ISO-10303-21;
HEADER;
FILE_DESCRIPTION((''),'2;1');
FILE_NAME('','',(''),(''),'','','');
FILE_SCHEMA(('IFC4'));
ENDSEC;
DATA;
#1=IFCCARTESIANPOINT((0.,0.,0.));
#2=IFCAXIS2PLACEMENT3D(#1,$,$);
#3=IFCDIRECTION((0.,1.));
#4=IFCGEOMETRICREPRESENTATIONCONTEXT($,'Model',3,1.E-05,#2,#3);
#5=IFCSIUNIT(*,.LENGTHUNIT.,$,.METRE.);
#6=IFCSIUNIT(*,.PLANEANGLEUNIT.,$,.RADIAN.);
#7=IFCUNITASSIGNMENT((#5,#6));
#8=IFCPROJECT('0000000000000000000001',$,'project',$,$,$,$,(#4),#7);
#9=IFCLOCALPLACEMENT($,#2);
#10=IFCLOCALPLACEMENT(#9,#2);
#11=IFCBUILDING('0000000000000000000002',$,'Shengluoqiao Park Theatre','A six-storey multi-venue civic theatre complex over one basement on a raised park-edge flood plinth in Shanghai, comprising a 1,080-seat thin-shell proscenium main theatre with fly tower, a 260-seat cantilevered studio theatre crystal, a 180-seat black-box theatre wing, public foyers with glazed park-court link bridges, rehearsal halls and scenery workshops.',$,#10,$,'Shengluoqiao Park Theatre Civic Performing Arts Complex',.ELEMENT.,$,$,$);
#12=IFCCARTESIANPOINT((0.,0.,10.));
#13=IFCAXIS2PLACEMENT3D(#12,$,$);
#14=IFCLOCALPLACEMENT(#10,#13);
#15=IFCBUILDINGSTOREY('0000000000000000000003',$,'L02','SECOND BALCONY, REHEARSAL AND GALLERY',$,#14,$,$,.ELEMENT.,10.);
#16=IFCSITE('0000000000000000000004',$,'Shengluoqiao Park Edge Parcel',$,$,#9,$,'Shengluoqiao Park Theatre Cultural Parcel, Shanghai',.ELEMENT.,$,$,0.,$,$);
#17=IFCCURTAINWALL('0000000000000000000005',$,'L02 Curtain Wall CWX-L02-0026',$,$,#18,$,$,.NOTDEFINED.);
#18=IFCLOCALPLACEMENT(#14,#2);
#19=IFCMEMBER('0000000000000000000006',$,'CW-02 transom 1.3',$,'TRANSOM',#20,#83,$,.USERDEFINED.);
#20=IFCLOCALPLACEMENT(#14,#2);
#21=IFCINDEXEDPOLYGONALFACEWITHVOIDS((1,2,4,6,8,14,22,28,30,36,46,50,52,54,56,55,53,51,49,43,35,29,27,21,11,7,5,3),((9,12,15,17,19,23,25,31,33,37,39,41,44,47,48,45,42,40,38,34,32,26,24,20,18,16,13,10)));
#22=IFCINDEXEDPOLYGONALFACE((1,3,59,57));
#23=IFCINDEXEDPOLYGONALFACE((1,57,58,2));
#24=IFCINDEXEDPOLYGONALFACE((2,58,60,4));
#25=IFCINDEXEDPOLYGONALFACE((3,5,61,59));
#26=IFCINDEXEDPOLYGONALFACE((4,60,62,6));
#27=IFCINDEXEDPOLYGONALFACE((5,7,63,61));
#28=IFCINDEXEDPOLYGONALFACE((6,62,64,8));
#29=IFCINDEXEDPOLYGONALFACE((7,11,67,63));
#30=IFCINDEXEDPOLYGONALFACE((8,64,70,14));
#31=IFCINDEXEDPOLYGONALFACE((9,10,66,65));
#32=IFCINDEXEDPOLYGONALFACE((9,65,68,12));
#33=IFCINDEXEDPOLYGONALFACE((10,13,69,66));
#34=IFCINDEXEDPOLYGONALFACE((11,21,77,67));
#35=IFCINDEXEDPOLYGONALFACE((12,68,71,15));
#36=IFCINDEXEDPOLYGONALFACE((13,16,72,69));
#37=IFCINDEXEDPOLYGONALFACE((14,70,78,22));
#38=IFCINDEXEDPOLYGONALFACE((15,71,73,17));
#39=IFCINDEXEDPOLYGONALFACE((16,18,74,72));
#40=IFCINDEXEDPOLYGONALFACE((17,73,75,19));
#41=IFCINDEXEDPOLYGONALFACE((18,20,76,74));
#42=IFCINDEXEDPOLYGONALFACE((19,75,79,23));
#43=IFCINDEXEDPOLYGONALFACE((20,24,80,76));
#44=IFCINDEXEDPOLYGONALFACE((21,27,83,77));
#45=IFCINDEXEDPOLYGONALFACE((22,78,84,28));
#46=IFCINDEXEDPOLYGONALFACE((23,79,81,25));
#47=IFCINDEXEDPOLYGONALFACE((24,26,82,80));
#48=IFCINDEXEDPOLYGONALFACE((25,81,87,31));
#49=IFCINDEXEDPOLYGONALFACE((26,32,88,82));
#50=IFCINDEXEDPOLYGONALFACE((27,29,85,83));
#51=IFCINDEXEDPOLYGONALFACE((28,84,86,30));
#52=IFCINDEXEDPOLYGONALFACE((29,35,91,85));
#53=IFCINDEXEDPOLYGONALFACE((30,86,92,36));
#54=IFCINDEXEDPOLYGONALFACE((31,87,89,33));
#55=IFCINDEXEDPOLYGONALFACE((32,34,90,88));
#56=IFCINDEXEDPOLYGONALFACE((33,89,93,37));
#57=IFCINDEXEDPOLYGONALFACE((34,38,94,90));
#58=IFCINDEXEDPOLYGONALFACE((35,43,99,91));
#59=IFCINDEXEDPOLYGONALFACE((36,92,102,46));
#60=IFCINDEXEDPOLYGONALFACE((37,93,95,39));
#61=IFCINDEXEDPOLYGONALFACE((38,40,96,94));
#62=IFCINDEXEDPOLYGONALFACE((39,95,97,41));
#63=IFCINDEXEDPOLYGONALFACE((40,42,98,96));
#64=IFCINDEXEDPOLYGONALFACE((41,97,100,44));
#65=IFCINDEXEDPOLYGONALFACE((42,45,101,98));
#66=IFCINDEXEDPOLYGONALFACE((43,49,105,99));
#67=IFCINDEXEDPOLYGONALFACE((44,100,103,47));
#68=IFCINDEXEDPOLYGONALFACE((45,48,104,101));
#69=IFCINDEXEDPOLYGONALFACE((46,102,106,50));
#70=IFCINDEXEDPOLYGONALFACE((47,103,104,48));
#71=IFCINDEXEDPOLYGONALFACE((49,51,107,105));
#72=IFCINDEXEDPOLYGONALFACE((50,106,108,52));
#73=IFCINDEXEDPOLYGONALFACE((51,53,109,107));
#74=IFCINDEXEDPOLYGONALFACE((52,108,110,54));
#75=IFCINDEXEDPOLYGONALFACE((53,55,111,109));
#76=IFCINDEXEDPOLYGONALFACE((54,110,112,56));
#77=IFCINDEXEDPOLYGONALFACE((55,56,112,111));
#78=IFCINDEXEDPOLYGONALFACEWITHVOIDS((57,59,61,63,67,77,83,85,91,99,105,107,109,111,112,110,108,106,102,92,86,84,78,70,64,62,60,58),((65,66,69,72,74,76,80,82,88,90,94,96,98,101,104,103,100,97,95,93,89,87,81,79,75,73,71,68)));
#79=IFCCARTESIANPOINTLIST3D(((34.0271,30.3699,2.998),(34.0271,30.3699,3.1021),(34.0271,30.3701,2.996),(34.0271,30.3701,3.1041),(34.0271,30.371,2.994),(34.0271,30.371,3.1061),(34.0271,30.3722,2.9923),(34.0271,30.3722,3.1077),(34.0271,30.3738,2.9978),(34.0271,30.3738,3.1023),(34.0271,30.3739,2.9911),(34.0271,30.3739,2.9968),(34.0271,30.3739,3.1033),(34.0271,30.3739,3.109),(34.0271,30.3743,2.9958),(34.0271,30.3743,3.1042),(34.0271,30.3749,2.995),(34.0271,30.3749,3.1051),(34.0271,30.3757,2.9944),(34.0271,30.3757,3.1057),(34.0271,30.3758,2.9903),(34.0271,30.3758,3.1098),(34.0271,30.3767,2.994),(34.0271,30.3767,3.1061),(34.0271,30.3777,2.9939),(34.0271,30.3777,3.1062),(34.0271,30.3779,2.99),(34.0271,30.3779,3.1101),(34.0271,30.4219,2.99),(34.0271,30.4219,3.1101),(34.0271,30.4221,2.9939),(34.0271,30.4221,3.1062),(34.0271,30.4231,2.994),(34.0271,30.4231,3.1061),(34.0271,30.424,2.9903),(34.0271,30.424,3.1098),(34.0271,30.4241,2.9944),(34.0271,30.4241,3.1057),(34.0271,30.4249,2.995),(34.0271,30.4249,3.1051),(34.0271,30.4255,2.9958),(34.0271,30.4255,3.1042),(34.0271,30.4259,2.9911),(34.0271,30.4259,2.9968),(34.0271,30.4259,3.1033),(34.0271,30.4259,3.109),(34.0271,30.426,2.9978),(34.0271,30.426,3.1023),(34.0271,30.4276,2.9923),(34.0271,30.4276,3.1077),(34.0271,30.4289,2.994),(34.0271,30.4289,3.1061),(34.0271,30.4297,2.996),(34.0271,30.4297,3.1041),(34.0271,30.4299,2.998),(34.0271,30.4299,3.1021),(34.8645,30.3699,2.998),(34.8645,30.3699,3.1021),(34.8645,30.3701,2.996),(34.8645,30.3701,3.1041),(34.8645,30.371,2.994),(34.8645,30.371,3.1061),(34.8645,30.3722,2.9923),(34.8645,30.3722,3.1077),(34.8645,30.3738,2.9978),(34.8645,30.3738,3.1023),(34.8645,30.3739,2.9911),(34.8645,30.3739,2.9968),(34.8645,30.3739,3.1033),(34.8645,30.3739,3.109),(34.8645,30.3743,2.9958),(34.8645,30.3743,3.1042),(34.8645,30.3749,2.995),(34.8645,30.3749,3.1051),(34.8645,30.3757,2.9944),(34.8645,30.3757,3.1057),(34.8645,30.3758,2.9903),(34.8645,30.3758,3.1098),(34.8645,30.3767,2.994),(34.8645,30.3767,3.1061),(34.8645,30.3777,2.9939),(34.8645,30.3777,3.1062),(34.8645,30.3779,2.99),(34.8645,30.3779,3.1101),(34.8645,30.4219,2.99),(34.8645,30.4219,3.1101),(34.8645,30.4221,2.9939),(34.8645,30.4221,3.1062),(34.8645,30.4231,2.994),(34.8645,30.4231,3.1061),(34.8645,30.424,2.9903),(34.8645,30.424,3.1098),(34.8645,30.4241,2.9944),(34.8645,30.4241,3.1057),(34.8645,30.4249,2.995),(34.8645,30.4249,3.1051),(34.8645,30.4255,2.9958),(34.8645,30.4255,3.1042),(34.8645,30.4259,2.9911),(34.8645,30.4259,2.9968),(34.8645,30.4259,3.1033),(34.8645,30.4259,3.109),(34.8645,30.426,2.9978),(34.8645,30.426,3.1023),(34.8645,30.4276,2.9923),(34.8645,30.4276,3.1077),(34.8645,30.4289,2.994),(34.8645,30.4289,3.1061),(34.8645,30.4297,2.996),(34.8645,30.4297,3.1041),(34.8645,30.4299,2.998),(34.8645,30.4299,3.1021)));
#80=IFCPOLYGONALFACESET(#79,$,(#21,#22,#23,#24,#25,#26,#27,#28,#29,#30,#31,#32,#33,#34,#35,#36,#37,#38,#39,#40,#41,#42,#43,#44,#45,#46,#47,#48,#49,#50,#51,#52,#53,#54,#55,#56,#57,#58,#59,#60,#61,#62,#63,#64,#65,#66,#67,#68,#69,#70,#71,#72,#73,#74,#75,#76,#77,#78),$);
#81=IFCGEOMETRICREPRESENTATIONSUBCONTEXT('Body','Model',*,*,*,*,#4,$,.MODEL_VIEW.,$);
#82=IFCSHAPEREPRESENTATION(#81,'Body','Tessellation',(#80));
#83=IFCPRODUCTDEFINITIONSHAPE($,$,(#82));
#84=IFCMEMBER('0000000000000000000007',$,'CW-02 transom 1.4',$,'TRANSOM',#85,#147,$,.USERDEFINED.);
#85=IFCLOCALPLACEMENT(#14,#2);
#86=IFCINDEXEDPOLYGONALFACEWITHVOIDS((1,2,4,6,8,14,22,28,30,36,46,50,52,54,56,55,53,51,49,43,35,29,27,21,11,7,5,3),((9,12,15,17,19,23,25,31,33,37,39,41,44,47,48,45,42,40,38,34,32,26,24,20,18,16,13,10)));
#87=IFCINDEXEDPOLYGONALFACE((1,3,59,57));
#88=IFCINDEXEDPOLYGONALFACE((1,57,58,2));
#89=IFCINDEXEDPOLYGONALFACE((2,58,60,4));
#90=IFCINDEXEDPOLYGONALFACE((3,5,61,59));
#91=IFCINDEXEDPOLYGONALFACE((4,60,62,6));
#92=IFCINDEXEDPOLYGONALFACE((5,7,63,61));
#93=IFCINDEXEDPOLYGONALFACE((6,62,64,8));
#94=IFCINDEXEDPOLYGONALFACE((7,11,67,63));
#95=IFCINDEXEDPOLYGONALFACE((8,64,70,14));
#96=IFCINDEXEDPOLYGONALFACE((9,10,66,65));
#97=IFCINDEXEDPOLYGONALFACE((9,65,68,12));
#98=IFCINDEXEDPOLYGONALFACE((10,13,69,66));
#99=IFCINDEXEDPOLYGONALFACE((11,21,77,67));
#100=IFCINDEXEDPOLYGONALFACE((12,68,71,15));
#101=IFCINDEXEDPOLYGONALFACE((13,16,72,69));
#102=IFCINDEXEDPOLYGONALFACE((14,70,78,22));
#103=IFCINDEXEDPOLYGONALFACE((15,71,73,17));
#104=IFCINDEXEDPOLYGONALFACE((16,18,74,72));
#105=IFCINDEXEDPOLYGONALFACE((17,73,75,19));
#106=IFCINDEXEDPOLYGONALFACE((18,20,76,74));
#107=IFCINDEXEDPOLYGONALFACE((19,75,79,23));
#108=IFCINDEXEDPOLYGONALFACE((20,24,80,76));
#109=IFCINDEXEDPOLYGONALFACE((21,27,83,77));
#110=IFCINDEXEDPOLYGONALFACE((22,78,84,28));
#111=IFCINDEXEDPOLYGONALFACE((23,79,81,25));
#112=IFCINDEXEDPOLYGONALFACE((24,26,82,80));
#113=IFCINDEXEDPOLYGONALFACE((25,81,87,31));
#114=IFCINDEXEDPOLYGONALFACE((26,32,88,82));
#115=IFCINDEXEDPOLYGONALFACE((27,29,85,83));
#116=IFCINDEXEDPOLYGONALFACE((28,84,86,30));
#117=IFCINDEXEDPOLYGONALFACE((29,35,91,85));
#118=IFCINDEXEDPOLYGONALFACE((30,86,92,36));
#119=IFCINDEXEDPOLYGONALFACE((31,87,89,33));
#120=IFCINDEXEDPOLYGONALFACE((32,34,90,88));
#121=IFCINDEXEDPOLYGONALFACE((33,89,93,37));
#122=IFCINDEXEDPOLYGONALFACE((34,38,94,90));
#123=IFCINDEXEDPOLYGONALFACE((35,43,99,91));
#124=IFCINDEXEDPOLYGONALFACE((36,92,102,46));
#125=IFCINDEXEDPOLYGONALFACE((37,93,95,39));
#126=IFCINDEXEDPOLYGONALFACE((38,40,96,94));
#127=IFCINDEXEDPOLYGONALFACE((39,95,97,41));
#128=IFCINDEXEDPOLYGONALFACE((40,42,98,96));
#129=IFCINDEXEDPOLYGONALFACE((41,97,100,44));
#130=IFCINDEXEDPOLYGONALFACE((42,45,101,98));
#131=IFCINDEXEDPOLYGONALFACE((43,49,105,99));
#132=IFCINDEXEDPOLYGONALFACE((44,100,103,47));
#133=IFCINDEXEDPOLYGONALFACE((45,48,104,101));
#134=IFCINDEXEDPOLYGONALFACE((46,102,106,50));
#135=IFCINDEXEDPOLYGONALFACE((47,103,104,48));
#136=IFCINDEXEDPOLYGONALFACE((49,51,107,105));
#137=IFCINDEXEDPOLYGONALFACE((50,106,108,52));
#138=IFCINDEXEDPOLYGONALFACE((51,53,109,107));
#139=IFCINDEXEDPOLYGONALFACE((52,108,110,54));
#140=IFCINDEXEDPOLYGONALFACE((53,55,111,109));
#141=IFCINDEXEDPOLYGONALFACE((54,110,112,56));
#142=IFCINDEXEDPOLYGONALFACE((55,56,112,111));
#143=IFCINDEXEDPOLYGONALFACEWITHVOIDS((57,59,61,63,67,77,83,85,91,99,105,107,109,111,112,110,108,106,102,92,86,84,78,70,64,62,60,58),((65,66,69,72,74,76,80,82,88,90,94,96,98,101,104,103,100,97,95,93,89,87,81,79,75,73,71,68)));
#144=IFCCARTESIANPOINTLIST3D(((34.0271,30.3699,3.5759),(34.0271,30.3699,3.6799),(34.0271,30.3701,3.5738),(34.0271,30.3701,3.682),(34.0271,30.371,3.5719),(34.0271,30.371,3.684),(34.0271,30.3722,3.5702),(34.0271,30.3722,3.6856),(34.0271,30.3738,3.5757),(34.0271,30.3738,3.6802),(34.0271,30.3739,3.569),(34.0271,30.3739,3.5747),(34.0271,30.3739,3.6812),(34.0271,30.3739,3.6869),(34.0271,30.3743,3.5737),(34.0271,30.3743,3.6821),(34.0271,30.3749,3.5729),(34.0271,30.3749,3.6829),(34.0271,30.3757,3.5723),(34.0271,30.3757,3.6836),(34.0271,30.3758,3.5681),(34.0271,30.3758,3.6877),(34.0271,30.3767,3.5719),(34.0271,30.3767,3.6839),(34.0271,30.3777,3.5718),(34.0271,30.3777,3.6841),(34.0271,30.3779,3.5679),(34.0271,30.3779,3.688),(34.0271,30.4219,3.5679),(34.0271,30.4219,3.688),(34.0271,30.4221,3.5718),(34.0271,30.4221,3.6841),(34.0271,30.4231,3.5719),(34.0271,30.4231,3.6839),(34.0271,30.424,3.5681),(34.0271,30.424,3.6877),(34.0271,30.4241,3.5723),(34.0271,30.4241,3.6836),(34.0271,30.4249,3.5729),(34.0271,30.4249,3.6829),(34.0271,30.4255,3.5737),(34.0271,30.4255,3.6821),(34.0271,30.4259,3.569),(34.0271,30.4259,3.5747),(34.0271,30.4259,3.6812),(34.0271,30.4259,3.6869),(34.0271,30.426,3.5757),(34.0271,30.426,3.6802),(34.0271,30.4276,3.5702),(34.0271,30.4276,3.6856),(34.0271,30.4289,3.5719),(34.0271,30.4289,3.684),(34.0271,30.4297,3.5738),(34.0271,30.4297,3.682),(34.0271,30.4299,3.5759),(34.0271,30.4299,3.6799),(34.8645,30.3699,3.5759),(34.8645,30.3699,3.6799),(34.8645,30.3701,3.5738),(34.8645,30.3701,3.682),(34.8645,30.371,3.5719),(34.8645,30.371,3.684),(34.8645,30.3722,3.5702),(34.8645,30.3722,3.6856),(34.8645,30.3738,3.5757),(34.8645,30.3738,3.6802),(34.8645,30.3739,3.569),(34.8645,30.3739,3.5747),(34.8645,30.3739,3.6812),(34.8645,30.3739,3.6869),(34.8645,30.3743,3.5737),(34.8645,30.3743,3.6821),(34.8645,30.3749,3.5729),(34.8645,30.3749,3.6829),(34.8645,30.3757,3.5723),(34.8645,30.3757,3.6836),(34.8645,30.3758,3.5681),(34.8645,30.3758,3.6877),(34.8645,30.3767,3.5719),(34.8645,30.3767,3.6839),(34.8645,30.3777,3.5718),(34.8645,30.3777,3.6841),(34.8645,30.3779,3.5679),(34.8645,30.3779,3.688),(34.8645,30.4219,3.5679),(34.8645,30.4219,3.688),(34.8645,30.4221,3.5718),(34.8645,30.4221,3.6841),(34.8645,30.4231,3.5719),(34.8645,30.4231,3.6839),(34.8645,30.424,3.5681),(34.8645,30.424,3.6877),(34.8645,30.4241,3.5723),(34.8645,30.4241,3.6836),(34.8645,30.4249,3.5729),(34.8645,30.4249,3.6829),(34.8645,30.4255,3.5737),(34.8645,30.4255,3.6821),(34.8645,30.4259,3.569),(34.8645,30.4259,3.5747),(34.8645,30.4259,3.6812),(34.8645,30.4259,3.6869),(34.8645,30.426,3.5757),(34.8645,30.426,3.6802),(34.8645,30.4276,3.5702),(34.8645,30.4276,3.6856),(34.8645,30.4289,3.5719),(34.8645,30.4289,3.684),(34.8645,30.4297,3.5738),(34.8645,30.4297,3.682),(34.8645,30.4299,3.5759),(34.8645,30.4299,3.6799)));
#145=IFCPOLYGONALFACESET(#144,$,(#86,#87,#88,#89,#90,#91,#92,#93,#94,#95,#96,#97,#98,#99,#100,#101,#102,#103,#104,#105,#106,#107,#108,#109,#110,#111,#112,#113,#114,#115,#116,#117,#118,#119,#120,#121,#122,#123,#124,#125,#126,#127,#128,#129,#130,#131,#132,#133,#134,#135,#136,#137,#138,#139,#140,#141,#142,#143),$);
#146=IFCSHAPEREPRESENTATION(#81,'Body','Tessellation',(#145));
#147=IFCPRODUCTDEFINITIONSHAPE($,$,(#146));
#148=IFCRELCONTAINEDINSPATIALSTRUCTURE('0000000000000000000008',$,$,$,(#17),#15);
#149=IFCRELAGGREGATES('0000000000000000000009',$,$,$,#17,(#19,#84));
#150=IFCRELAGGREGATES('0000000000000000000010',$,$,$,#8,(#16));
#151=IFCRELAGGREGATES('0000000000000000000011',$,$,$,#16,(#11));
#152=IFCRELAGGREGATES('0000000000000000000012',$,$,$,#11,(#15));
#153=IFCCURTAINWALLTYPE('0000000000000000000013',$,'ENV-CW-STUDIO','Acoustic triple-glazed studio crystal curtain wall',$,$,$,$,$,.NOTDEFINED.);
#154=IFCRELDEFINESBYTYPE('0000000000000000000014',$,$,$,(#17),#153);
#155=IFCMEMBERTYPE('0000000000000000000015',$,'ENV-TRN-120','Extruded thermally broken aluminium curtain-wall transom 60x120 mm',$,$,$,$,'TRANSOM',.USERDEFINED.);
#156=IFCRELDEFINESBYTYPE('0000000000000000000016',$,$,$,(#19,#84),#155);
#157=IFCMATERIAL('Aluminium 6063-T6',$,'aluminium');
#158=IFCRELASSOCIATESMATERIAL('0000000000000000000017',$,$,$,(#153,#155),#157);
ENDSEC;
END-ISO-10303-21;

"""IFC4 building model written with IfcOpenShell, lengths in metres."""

from ifc_helpers import new_model, si_unit, direction, frame, origin, origin_2d, place, context, subcontext, project, spatial, hollow_rectangle, extrude, material, material_profile, profile_set, type_object, element, aggregate, save


model = new_model("IFC4")

# Units and contexts
model_context = context("Model", 3, precision=1e-05, world=origin(), true_north=direction((0.0, 1.0)))
body_context = subcontext(model_context, "Body", "Model", "MODEL_VIEW")
ifc_project = project(units=[si_unit("LENGTHUNIT", "METRE"), si_unit("PLANEANGLEUNIT", "RADIAN")], contexts=[model_context])

# Site, building, storey
site_placement = place(None, origin())
site = spatial("IfcSite", under=ifc_project, at=site_placement, Name="Shengluoqiao Park Edge Parcel", LongName="Shengluoqiao Park Theatre Cultural Parcel, Shanghai", CompositionType="ELEMENT", RefElevation=0.0)
building_placement = place(site_placement, origin())
building = spatial("IfcBuilding", under=site, at=building_placement, Name="Shengluoqiao Park Theatre", Description="A six-storey multi-venue civic theatre complex over one basement on a raised park-edge flood plinth in Shanghai, comprising a 1,080-seat thin-shell proscenium main theatre with fly tower, a 260-seat cantilevered studio theatre crystal, a 180-seat black-box theatre wing, public foyers with glazed park-court link bridges, rehearsal halls and scenery workshops.", LongName="Shengluoqiao Park Theatre Civic Performing Arts Complex", CompositionType="ELEMENT")
storey_placement = place(building_placement, frame((0.0, 0.0, 10.0)))
storey = spatial("IfcBuildingStorey", under=building, at=storey_placement, Name="L02", Description="SECOND BALCONY, REHEARSAL AND GALLERY", CompositionType="ELEMENT", Elevation=10.0)

# Curtain wall
ifc_material_1 = material(Name="Aluminium 6063-T6", Category="aluminium")
curtain_wall_type_1 = type_object("IfcCurtainWallType", Name="ENV-CW-STUDIO", Description="Acoustic triple-glazed studio crystal curtain wall", PredefinedType="NOTDEFINED", material=ifc_material_1)
curtain_wall_1_placement = place(storey_placement, origin())
curtain_wall_1 = element("IfcCurtainWall", 1, at=curtain_wall_1_placement, inside=storey, type_object=curtain_wall_type_1, Name="L02 Curtain Wall CWX-L02-0026", PredefinedType="NOTDEFINED")

# Members
ifc_material_profile_1 = material_profile(ifc_material_1, hollow_rectangle(XDim=0.0601, YDim=0.1201, WallThickness=0.0039, InnerFilletRadius=0.0039, OuterFilletRadius=0.0081, at=origin_2d()), Name="ALU TRANSOM 120x60x4")
ifc_profile_set_1 = profile_set([ifc_material_profile_1], Name="Aluminium 6063-T6")
member_type_1 = type_object("IfcMemberType", Name="ENV-TRN-120", Description="Extruded thermally broken aluminium curtain-wall transom 60x120 mm", ElementType="TRANSOM", PredefinedType="USERDEFINED", material=ifc_profile_set_1)
member_1_placement = place(storey_placement, frame((34.0271, 30.3999, 3.05), z_axis=(1.0, 0.0, 0.0), x_axis=(0.0, 1.0, 0.0)))
member_1 = element("IfcMember", 2, at=member_1_placement, type_object=member_type_1, Name="CW-02 transom 1.3", ObjectType="TRANSOM", PredefinedType="USERDEFINED", context=body_context, shape_type="SweptSolid", body=[
    extrude(hollow_rectangle(XDim=0.0601, YDim=0.1201, WallThickness=0.0039, InnerFilletRadius=0.0039, OuterFilletRadius=0.0081, at=origin_2d()), origin(), (0.0, 0.0, 1.0), 0.8374),
])
member_2_placement = place(storey_placement, frame((34.0271, 30.3999, 3.6279), z_axis=(1.0, 0.0, 0.0), x_axis=(0.0, 1.0, 0.0)))
member_2 = element("IfcMember", 3, at=member_2_placement, type_object=member_type_1, Name="CW-02 transom 1.4", ObjectType="TRANSOM", PredefinedType="USERDEFINED", context=body_context, shape_type="SweptSolid", body=[
    extrude(hollow_rectangle(XDim=0.0601, YDim=0.1201, WallThickness=0.0039, InnerFilletRadius=0.0039, OuterFilletRadius=0.0081, at=origin_2d()), origin(), (0.0, 0.0, 1.0), 0.8374),
])

aggregate(curtain_wall_1, [member_1, member_2])

save(model, "model.ifc")
